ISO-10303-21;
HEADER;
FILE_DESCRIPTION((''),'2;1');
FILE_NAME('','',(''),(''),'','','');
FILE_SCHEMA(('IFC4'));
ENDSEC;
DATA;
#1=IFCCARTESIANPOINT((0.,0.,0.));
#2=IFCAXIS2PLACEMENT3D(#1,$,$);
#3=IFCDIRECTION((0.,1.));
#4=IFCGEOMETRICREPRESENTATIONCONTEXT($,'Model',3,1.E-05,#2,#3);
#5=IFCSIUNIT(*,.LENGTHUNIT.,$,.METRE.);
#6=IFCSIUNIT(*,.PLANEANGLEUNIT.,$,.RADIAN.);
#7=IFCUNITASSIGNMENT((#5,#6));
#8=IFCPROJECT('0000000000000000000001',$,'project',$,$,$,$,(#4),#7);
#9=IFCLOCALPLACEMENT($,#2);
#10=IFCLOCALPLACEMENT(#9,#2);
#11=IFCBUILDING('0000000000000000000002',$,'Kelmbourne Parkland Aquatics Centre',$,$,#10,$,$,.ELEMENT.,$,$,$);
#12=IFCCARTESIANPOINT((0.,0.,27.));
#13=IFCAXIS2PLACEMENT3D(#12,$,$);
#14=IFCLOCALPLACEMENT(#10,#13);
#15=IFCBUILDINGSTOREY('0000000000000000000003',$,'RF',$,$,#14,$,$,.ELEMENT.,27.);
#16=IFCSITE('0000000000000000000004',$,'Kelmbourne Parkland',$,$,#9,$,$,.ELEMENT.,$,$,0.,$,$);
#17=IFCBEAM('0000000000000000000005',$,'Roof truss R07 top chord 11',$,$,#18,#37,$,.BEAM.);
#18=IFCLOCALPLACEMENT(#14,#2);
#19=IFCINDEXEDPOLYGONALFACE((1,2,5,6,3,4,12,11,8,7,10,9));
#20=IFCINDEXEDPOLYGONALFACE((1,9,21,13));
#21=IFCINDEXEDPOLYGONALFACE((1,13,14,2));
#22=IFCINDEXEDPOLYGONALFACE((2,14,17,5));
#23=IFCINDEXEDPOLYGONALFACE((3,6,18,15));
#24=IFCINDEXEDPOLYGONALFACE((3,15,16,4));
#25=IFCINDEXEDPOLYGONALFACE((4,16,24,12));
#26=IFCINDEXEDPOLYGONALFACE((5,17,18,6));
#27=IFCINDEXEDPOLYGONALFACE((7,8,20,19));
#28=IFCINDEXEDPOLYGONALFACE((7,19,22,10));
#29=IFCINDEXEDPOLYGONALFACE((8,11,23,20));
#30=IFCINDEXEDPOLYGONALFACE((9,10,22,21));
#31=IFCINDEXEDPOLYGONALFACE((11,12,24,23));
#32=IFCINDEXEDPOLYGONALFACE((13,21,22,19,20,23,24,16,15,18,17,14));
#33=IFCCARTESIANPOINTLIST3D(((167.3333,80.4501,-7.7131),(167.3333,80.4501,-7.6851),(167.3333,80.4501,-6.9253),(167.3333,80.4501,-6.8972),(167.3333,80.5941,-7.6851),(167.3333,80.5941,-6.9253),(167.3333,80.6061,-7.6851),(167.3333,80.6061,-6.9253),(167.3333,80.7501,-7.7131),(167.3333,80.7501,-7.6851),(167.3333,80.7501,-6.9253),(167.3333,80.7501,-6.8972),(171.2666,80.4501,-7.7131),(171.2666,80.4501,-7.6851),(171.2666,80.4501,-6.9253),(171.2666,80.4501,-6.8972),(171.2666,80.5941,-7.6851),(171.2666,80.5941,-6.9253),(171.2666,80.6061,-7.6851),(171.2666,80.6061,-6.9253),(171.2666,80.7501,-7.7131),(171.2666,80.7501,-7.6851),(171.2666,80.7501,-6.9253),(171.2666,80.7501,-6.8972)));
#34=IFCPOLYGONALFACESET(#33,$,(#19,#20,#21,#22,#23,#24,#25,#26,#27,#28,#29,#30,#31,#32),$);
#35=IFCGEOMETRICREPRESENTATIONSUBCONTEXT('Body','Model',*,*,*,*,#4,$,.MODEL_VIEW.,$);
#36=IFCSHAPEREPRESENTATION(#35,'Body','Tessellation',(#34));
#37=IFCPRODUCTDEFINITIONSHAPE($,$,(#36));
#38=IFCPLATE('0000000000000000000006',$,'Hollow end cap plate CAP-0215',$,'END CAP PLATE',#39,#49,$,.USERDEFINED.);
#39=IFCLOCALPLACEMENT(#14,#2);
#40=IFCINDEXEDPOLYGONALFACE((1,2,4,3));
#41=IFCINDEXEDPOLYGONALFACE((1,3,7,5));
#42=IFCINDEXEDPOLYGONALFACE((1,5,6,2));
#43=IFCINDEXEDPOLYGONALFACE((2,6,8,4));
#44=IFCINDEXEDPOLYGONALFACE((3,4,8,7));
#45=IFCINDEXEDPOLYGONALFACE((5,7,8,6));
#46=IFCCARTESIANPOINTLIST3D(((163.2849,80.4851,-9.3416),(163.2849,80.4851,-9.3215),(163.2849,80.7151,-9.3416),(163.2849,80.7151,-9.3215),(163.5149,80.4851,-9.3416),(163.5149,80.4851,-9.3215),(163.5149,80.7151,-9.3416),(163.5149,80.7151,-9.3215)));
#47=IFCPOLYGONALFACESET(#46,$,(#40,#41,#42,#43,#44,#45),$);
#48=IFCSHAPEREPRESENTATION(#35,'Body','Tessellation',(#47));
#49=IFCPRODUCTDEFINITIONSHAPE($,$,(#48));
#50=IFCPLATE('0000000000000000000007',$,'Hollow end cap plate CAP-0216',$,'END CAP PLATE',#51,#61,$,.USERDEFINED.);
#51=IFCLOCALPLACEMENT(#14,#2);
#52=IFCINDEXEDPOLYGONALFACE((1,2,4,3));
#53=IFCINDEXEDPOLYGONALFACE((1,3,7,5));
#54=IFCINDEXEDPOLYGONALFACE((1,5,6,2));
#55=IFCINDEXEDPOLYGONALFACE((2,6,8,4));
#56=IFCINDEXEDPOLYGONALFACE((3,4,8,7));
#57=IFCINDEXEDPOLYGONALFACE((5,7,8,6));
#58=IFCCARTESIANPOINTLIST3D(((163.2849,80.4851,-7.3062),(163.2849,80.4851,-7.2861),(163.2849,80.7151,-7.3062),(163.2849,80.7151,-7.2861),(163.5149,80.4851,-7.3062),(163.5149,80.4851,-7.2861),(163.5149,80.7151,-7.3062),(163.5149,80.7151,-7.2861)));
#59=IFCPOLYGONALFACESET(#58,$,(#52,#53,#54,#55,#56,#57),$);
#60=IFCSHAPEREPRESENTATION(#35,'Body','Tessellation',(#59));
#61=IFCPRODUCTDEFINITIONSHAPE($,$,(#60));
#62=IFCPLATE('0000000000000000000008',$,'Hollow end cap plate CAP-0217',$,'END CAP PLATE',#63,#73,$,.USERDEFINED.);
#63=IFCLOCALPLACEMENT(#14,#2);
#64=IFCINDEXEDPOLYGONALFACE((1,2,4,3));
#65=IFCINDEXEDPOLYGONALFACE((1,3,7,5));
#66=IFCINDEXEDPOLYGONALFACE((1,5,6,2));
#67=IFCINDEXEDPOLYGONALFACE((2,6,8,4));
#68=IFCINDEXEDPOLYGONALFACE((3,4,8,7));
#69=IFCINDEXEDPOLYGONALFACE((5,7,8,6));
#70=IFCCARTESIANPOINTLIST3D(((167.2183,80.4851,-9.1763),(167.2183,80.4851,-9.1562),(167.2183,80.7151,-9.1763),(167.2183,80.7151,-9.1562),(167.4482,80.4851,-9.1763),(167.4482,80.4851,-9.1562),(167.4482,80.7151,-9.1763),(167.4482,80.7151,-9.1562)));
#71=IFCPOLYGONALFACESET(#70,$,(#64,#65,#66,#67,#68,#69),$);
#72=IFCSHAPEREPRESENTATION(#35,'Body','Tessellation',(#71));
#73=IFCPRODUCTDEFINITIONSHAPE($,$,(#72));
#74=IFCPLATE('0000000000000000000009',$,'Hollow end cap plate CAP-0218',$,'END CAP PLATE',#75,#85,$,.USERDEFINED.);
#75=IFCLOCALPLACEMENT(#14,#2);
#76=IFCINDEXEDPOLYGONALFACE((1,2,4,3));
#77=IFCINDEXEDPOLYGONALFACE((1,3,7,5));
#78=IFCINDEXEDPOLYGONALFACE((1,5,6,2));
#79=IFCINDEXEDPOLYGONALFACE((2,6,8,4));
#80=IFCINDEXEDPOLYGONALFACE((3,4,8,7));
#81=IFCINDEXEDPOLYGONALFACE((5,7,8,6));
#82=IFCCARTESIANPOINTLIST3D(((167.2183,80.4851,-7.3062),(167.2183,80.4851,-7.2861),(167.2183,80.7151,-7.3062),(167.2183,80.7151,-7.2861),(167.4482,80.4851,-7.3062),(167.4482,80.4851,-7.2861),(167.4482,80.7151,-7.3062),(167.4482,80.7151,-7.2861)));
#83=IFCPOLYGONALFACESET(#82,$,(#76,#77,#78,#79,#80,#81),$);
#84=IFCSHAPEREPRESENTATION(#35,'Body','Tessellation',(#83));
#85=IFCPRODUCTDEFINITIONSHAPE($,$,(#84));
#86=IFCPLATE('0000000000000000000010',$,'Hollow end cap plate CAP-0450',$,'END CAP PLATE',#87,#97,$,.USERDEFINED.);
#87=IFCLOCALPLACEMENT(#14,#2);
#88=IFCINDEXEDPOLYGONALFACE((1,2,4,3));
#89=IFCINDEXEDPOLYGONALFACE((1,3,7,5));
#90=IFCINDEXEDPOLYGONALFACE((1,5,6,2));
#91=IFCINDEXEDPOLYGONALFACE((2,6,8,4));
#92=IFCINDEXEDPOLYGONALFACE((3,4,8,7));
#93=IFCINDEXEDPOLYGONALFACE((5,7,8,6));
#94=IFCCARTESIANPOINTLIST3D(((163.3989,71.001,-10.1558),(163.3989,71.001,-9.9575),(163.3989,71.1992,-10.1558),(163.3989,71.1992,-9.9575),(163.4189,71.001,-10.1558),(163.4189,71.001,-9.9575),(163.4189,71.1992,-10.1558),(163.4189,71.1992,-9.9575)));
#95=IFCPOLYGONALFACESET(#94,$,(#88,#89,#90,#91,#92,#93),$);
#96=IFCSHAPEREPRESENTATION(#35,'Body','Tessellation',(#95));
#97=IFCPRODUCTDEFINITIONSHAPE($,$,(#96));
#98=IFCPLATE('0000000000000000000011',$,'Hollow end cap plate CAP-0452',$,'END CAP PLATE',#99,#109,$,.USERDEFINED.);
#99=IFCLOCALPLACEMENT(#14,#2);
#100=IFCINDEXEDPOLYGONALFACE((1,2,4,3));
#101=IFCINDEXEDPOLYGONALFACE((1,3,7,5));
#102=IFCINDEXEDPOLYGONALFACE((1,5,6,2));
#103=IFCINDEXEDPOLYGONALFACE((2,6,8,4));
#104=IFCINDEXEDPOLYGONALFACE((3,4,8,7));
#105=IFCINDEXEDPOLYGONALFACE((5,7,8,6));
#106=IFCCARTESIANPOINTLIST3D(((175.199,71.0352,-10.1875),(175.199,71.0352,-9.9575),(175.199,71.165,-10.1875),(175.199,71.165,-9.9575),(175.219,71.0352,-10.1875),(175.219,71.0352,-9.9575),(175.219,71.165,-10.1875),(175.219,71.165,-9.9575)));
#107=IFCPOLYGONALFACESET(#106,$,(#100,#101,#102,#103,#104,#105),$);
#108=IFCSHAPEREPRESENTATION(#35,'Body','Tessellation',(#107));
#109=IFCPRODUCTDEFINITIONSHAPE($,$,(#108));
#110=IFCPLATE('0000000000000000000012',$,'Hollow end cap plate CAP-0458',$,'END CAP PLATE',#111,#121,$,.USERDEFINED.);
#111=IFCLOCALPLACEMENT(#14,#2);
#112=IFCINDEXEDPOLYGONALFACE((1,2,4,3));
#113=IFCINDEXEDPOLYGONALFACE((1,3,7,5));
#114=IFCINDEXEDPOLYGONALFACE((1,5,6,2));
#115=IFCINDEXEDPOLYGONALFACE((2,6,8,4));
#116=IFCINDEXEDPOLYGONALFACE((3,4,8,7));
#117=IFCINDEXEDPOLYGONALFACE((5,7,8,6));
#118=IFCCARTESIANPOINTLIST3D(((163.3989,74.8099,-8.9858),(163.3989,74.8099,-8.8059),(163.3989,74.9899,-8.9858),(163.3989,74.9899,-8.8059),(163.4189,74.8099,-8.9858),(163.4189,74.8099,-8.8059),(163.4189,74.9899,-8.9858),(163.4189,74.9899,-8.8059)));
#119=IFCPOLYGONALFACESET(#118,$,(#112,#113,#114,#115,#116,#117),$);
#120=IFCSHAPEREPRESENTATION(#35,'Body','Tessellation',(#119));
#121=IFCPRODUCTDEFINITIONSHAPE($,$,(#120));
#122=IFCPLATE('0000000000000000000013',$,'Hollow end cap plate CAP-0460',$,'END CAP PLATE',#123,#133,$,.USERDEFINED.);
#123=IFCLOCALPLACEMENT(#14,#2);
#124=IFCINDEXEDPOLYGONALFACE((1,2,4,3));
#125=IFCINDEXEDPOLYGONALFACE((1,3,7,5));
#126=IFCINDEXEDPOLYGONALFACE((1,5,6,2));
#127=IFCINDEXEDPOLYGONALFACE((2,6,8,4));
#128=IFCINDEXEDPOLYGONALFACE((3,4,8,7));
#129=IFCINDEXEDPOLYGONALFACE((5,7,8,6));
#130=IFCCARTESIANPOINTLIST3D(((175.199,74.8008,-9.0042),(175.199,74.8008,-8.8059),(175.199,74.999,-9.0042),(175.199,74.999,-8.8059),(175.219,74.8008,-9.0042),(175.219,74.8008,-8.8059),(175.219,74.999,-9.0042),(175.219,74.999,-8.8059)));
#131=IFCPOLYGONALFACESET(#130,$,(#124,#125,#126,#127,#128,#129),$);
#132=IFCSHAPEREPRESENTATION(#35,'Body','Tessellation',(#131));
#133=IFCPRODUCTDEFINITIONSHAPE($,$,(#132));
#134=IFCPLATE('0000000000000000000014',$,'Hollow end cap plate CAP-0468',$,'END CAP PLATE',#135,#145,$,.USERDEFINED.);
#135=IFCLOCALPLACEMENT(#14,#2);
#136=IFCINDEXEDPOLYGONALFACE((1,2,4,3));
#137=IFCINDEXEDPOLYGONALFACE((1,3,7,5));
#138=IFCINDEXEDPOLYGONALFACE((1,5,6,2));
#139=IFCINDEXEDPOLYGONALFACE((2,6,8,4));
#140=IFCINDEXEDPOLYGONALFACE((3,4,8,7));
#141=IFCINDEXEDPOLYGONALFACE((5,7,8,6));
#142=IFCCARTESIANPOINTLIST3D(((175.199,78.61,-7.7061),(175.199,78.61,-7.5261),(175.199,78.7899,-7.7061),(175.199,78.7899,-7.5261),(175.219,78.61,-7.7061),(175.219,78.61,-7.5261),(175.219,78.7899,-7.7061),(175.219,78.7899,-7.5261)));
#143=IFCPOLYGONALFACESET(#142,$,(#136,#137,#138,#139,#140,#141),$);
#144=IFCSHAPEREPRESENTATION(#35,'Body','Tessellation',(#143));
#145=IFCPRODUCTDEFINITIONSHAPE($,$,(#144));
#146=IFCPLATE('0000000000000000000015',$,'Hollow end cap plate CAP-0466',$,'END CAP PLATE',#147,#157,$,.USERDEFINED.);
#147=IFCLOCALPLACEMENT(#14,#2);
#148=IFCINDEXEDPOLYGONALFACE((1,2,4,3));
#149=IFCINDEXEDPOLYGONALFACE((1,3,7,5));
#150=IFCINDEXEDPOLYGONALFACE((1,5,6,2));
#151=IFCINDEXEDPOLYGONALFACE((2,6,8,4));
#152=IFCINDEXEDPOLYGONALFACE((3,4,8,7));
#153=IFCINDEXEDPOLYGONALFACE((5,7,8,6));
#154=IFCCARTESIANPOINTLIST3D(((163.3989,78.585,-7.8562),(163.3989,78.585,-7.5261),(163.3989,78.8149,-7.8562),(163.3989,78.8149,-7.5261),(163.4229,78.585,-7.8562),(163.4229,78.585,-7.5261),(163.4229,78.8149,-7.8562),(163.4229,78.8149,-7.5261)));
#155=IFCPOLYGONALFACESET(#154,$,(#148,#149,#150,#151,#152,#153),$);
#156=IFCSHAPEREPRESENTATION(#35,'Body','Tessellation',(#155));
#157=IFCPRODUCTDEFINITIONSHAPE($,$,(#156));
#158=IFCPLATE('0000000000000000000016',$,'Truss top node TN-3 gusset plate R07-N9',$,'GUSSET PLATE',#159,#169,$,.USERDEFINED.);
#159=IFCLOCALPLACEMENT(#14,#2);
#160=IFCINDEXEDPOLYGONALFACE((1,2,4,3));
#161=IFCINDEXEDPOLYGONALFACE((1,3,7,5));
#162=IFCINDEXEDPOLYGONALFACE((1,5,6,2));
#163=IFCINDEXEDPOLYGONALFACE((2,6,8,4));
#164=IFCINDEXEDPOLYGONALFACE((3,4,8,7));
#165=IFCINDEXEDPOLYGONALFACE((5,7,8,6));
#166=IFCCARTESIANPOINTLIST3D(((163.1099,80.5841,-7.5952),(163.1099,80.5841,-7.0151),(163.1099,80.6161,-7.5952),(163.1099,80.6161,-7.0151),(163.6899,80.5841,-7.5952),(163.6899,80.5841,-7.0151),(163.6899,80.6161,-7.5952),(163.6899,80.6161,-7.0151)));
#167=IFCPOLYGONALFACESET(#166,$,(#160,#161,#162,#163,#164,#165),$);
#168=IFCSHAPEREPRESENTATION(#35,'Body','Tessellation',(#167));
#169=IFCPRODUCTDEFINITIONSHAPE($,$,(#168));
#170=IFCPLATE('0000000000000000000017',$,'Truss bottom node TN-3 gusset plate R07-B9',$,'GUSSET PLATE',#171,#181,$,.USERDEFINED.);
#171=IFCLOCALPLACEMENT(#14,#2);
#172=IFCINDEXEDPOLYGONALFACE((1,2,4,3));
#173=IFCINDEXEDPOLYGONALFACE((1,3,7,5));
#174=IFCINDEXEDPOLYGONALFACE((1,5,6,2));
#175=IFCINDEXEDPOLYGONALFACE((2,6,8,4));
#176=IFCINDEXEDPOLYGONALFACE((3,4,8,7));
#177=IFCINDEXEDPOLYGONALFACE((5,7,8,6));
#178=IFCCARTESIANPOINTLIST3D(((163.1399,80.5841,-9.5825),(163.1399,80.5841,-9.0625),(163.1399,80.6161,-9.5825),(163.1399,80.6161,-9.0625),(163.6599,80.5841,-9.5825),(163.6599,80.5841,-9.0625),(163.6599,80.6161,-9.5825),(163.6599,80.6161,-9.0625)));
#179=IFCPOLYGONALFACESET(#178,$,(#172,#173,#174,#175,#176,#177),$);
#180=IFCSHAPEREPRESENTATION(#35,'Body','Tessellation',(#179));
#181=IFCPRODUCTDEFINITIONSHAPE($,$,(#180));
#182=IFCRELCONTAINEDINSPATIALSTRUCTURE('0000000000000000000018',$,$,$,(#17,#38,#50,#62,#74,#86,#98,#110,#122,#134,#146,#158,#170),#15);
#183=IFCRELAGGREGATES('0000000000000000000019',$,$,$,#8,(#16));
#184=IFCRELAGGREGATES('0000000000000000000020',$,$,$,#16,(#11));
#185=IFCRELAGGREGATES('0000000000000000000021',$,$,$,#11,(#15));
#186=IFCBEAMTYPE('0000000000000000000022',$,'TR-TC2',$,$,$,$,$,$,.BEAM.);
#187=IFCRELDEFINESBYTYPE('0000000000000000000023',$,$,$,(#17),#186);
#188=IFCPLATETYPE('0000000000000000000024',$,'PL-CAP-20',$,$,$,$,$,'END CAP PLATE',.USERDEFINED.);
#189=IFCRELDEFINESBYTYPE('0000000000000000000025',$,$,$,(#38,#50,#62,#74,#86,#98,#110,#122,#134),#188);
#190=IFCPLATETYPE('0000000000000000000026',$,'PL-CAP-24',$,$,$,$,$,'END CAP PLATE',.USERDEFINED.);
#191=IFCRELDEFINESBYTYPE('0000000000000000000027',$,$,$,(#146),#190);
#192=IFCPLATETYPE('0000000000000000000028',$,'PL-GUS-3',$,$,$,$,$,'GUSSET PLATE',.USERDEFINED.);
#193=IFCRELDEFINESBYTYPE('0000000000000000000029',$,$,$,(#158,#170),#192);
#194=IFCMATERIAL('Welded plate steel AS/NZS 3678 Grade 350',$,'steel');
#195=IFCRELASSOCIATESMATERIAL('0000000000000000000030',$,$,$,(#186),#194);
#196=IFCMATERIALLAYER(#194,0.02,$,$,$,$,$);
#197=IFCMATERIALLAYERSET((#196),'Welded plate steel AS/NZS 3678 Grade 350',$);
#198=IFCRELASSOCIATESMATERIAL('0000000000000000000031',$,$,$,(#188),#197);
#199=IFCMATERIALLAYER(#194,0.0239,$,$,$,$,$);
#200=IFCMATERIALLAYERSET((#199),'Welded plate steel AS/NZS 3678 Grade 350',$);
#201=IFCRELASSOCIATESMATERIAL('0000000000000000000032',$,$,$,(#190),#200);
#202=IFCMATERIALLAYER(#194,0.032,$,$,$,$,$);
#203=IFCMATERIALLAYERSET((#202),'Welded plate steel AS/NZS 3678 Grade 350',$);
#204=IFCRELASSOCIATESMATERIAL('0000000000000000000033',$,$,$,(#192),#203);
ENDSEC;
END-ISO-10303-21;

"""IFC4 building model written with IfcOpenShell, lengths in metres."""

from ifc_helpers import new_model, si_unit, direction, frame, origin, origin_2d, place, context, subcontext, project, spatial, rectangle, i_section, extrude, material, layer, layer_set, material_profile, profile_set, type_object, element, save


model = new_model("IFC4")

# Units and contexts
model_context = context("Model", 3, precision=1e-05, world=origin(), true_north=direction((0.0, 1.0)))
body_context = subcontext(model_context, "Body", "Model", "MODEL_VIEW")
ifc_project = project(units=[si_unit("LENGTHUNIT", "METRE"), si_unit("PLANEANGLEUNIT", "RADIAN")], contexts=[model_context])

# Site, building, storey
site_placement = place(None, origin())
site = spatial("IfcSite", under=ifc_project, at=site_placement, Name="Kelmbourne Parkland", CompositionType="ELEMENT", RefElevation=0.0)
building_placement = place(site_placement, origin())
building = spatial("IfcBuilding", under=site, at=building_placement, Name="Kelmbourne Parkland Aquatics Centre", CompositionType="ELEMENT")
storey_placement = place(building_placement, frame((0.0, 0.0, 27.0)))
storey = spatial("IfcBuildingStorey", under=building, at=storey_placement, Name="RF", CompositionType="ELEMENT", Elevation=27.0)

# Beam
ifc_material_1 = material(Name="Welded plate steel AS/NZS 3678 Grade 350", Category="steel")
ifc_material_profile_1 = material_profile(ifc_material_1, i_section(OverallWidth=0.3, OverallDepth=0.8159, WebThickness=0.012, FlangeThickness=0.0281, at=origin_2d()), Name="800WB192")
ifc_profile_set_1 = profile_set([ifc_material_profile_1], Name="Welded plate steel AS/NZS 3678 Grade 350")
beam_type_1 = type_object("IfcBeamType", Name="TR-TC2", PredefinedType="BEAM", material=ifc_profile_set_1)
for number, where, z_axis, x_axis, name in (
    (1, (167.3333, 80.6001, -7.3052), (1.0, 0.0, 0.0), (0.0, 1.0, 0.0), "Roof truss R07 top chord 11"),
):
    element("IfcBeam", number, at=place(storey_placement, frame(where, z_axis=z_axis, x_axis=x_axis)), inside=storey, type_object=beam_type_1, Name=name, PredefinedType="BEAM", context=body_context, shape_type="SweptSolid", body=[
        extrude(i_section(OverallWidth=0.3, OverallDepth=0.8159, WebThickness=0.012, FlangeThickness=0.0281, at=origin_2d()), origin(), (0.0, 0.0, 1.0), 3.9333),
    ])

# Plates
ifc_layer_1 = layer(ifc_material_1, 0.02)
ifc_layer_set_1 = layer_set([ifc_layer_1], Name="Welded plate steel AS/NZS 3678 Grade 350")
plate_type_1 = type_object("IfcPlateType", Name="PL-CAP-20", ElementType="END CAP PLATE", PredefinedType="USERDEFINED", material=ifc_layer_set_1)
for number, where, z_axis, x_axis, name in (
    (2, (163.3999, 80.6001, -9.3416), (0.0, 0.0, 1.0), (1.0, 0.0, 0.0), "Hollow end cap plate CAP-0215"),
    (3, (163.3999, 80.6001, -7.3062), (0.0, 0.0, 1.0), (1.0, 0.0, 0.0), "Hollow end cap plate CAP-0216"),
    (4, (167.3333, 80.6001, -9.1763), (0.0, 0.0, 1.0), (1.0, 0.0, 0.0), "Hollow end cap plate CAP-0217"),
    (5, (167.3333, 80.6001, -7.3062), (0.0, 0.0, 1.0), (1.0, 0.0, 0.0), "Hollow end cap plate CAP-0218"),
):
    element("IfcPlate", number, at=place(storey_placement, frame(where, z_axis=z_axis, x_axis=x_axis)), inside=storey, type_object=plate_type_1, Name=name, ObjectType="END CAP PLATE", PredefinedType="USERDEFINED", context=body_context, shape_type="SweptSolid", body=[
        extrude(rectangle(XDim=0.23, YDim=0.23, at=origin_2d()), origin(), (0.0, 0.0, 1.0), 0.02),
    ])
plate_1_placement = place(storey_placement, frame((163.4089, 71.1001, -10.1558), z_axis=(0.0, 0.0, 1.0), x_axis=(1.0, 0.0, 0.0)))
element("IfcPlate", 6, at=plate_1_placement, inside=storey, type_object=plate_type_1, Name="Hollow end cap plate CAP-0450", ObjectType="END CAP PLATE", PredefinedType="USERDEFINED", context=body_context, shape_type="SweptSolid", body=[
    extrude(rectangle(XDim=0.02, YDim=0.1982, at=origin_2d()), origin(), (0.0, 0.0, 1.0), 0.1982),
])
plate_2_placement = place(storey_placement, frame((175.209, 71.1001, -10.1875), z_axis=(0.0, 0.0, 1.0), x_axis=(1.0, 0.0, 0.0)))
element("IfcPlate", 7, at=plate_2_placement, inside=storey, type_object=plate_type_1, Name="Hollow end cap plate CAP-0452", ObjectType="END CAP PLATE", PredefinedType="USERDEFINED", context=body_context, shape_type="SweptSolid", body=[
    extrude(rectangle(XDim=0.02, YDim=0.1299, at=origin_2d()), origin(), (0.0, 0.0, 1.0), 0.23),
])
plate_3_placement = place(storey_placement, frame((163.4089, 74.8999, -8.9858), z_axis=(0.0, 0.0, 1.0), x_axis=(1.0, 0.0, 0.0)))
element("IfcPlate", 8, at=plate_3_placement, inside=storey, type_object=plate_type_1, Name="Hollow end cap plate CAP-0458", ObjectType="END CAP PLATE", PredefinedType="USERDEFINED", context=body_context, shape_type="SweptSolid", body=[
    extrude(rectangle(XDim=0.02, YDim=0.1799, at=origin_2d()), origin(), (0.0, 0.0, 1.0), 0.1799),
])
plate_4_placement = place(storey_placement, frame((175.209, 74.8999, -9.0042), z_axis=(0.0, 0.0, 1.0), x_axis=(1.0, 0.0, 0.0)))
element("IfcPlate", 9, at=plate_4_placement, inside=storey, type_object=plate_type_1, Name="Hollow end cap plate CAP-0460", ObjectType="END CAP PLATE", PredefinedType="USERDEFINED", context=body_context, shape_type="SweptSolid", body=[
    extrude(rectangle(XDim=0.02, YDim=0.1982, at=origin_2d()), origin(), (0.0, 0.0, 1.0), 0.1982),
])
plate_5_placement = place(storey_placement, frame((175.209, 78.7, -7.7061), z_axis=(0.0, 0.0, 1.0), x_axis=(1.0, 0.0, 0.0)))
element("IfcPlate", 10, at=plate_5_placement, inside=storey, type_object=plate_type_1, Name="Hollow end cap plate CAP-0468", ObjectType="END CAP PLATE", PredefinedType="USERDEFINED", context=body_context, shape_type="SweptSolid", body=[
    extrude(rectangle(XDim=0.02, YDim=0.1799, at=origin_2d()), origin(), (0.0, 0.0, 1.0), 0.1799),
])
ifc_layer_2 = layer(ifc_material_1, 0.0239)
ifc_layer_set_2 = layer_set([ifc_layer_2], Name="Welded plate steel AS/NZS 3678 Grade 350")
plate_type_2 = type_object("IfcPlateType", Name="PL-CAP-24", ElementType="END CAP PLATE", PredefinedType="USERDEFINED", material=ifc_layer_set_2)
plate_6_placement = place(storey_placement, frame((163.4109, 78.7, -7.8562), z_axis=(0.0, 0.0, 1.0), x_axis=(1.0, 0.0, 0.0)))
element("IfcPlate", 11, at=plate_6_placement, inside=storey, type_object=plate_type_2, Name="Hollow end cap plate CAP-0466", ObjectType="END CAP PLATE", PredefinedType="USERDEFINED", context=body_context, shape_type="SweptSolid", body=[
    extrude(rectangle(XDim=0.0239, YDim=0.23, at=origin_2d()), origin(), (0.0, 0.0, 1.0), 0.3301),
])
ifc_layer_3 = layer(ifc_material_1, 0.032)
ifc_layer_set_3 = layer_set([ifc_layer_3], Name="Welded plate steel AS/NZS 3678 Grade 350")
plate_type_3 = type_object("IfcPlateType", Name="PL-GUS-3", ElementType="GUSSET PLATE", PredefinedType="USERDEFINED", material=ifc_layer_set_3)
plate_7_placement = place(storey_placement, frame((163.3999, 80.6001, -7.5952), z_axis=(0.0, 0.0, 1.0), x_axis=(1.0, 0.0, 0.0)))
element("IfcPlate", 12, at=plate_7_placement, inside=storey, type_object=plate_type_3, Name="Truss top node TN-3 gusset plate R07-N9", ObjectType="GUSSET PLATE", PredefinedType="USERDEFINED", context=body_context, shape_type="SweptSolid", body=[
    extrude(rectangle(XDim=0.5801, YDim=0.032, at=origin_2d()), origin(), (0.0, 0.0, 1.0), 0.5801),
])
plate_8_placement = place(storey_placement, frame((163.3999, 80.6001, -9.5825), z_axis=(0.0, 0.0, 1.0), x_axis=(1.0, 0.0, 0.0)))
element("IfcPlate", 13, at=plate_8_placement, inside=storey, type_object=plate_type_3, Name="Truss bottom node TN-3 gusset plate R07-B9", ObjectType="GUSSET PLATE", PredefinedType="USERDEFINED", context=body_context, shape_type="SweptSolid", body=[
    extrude(rectangle(XDim=0.52, YDim=0.032, at=origin_2d()), origin(), (0.0, 0.0, 1.0), 0.52),
])

save(model, "model.ifc")
